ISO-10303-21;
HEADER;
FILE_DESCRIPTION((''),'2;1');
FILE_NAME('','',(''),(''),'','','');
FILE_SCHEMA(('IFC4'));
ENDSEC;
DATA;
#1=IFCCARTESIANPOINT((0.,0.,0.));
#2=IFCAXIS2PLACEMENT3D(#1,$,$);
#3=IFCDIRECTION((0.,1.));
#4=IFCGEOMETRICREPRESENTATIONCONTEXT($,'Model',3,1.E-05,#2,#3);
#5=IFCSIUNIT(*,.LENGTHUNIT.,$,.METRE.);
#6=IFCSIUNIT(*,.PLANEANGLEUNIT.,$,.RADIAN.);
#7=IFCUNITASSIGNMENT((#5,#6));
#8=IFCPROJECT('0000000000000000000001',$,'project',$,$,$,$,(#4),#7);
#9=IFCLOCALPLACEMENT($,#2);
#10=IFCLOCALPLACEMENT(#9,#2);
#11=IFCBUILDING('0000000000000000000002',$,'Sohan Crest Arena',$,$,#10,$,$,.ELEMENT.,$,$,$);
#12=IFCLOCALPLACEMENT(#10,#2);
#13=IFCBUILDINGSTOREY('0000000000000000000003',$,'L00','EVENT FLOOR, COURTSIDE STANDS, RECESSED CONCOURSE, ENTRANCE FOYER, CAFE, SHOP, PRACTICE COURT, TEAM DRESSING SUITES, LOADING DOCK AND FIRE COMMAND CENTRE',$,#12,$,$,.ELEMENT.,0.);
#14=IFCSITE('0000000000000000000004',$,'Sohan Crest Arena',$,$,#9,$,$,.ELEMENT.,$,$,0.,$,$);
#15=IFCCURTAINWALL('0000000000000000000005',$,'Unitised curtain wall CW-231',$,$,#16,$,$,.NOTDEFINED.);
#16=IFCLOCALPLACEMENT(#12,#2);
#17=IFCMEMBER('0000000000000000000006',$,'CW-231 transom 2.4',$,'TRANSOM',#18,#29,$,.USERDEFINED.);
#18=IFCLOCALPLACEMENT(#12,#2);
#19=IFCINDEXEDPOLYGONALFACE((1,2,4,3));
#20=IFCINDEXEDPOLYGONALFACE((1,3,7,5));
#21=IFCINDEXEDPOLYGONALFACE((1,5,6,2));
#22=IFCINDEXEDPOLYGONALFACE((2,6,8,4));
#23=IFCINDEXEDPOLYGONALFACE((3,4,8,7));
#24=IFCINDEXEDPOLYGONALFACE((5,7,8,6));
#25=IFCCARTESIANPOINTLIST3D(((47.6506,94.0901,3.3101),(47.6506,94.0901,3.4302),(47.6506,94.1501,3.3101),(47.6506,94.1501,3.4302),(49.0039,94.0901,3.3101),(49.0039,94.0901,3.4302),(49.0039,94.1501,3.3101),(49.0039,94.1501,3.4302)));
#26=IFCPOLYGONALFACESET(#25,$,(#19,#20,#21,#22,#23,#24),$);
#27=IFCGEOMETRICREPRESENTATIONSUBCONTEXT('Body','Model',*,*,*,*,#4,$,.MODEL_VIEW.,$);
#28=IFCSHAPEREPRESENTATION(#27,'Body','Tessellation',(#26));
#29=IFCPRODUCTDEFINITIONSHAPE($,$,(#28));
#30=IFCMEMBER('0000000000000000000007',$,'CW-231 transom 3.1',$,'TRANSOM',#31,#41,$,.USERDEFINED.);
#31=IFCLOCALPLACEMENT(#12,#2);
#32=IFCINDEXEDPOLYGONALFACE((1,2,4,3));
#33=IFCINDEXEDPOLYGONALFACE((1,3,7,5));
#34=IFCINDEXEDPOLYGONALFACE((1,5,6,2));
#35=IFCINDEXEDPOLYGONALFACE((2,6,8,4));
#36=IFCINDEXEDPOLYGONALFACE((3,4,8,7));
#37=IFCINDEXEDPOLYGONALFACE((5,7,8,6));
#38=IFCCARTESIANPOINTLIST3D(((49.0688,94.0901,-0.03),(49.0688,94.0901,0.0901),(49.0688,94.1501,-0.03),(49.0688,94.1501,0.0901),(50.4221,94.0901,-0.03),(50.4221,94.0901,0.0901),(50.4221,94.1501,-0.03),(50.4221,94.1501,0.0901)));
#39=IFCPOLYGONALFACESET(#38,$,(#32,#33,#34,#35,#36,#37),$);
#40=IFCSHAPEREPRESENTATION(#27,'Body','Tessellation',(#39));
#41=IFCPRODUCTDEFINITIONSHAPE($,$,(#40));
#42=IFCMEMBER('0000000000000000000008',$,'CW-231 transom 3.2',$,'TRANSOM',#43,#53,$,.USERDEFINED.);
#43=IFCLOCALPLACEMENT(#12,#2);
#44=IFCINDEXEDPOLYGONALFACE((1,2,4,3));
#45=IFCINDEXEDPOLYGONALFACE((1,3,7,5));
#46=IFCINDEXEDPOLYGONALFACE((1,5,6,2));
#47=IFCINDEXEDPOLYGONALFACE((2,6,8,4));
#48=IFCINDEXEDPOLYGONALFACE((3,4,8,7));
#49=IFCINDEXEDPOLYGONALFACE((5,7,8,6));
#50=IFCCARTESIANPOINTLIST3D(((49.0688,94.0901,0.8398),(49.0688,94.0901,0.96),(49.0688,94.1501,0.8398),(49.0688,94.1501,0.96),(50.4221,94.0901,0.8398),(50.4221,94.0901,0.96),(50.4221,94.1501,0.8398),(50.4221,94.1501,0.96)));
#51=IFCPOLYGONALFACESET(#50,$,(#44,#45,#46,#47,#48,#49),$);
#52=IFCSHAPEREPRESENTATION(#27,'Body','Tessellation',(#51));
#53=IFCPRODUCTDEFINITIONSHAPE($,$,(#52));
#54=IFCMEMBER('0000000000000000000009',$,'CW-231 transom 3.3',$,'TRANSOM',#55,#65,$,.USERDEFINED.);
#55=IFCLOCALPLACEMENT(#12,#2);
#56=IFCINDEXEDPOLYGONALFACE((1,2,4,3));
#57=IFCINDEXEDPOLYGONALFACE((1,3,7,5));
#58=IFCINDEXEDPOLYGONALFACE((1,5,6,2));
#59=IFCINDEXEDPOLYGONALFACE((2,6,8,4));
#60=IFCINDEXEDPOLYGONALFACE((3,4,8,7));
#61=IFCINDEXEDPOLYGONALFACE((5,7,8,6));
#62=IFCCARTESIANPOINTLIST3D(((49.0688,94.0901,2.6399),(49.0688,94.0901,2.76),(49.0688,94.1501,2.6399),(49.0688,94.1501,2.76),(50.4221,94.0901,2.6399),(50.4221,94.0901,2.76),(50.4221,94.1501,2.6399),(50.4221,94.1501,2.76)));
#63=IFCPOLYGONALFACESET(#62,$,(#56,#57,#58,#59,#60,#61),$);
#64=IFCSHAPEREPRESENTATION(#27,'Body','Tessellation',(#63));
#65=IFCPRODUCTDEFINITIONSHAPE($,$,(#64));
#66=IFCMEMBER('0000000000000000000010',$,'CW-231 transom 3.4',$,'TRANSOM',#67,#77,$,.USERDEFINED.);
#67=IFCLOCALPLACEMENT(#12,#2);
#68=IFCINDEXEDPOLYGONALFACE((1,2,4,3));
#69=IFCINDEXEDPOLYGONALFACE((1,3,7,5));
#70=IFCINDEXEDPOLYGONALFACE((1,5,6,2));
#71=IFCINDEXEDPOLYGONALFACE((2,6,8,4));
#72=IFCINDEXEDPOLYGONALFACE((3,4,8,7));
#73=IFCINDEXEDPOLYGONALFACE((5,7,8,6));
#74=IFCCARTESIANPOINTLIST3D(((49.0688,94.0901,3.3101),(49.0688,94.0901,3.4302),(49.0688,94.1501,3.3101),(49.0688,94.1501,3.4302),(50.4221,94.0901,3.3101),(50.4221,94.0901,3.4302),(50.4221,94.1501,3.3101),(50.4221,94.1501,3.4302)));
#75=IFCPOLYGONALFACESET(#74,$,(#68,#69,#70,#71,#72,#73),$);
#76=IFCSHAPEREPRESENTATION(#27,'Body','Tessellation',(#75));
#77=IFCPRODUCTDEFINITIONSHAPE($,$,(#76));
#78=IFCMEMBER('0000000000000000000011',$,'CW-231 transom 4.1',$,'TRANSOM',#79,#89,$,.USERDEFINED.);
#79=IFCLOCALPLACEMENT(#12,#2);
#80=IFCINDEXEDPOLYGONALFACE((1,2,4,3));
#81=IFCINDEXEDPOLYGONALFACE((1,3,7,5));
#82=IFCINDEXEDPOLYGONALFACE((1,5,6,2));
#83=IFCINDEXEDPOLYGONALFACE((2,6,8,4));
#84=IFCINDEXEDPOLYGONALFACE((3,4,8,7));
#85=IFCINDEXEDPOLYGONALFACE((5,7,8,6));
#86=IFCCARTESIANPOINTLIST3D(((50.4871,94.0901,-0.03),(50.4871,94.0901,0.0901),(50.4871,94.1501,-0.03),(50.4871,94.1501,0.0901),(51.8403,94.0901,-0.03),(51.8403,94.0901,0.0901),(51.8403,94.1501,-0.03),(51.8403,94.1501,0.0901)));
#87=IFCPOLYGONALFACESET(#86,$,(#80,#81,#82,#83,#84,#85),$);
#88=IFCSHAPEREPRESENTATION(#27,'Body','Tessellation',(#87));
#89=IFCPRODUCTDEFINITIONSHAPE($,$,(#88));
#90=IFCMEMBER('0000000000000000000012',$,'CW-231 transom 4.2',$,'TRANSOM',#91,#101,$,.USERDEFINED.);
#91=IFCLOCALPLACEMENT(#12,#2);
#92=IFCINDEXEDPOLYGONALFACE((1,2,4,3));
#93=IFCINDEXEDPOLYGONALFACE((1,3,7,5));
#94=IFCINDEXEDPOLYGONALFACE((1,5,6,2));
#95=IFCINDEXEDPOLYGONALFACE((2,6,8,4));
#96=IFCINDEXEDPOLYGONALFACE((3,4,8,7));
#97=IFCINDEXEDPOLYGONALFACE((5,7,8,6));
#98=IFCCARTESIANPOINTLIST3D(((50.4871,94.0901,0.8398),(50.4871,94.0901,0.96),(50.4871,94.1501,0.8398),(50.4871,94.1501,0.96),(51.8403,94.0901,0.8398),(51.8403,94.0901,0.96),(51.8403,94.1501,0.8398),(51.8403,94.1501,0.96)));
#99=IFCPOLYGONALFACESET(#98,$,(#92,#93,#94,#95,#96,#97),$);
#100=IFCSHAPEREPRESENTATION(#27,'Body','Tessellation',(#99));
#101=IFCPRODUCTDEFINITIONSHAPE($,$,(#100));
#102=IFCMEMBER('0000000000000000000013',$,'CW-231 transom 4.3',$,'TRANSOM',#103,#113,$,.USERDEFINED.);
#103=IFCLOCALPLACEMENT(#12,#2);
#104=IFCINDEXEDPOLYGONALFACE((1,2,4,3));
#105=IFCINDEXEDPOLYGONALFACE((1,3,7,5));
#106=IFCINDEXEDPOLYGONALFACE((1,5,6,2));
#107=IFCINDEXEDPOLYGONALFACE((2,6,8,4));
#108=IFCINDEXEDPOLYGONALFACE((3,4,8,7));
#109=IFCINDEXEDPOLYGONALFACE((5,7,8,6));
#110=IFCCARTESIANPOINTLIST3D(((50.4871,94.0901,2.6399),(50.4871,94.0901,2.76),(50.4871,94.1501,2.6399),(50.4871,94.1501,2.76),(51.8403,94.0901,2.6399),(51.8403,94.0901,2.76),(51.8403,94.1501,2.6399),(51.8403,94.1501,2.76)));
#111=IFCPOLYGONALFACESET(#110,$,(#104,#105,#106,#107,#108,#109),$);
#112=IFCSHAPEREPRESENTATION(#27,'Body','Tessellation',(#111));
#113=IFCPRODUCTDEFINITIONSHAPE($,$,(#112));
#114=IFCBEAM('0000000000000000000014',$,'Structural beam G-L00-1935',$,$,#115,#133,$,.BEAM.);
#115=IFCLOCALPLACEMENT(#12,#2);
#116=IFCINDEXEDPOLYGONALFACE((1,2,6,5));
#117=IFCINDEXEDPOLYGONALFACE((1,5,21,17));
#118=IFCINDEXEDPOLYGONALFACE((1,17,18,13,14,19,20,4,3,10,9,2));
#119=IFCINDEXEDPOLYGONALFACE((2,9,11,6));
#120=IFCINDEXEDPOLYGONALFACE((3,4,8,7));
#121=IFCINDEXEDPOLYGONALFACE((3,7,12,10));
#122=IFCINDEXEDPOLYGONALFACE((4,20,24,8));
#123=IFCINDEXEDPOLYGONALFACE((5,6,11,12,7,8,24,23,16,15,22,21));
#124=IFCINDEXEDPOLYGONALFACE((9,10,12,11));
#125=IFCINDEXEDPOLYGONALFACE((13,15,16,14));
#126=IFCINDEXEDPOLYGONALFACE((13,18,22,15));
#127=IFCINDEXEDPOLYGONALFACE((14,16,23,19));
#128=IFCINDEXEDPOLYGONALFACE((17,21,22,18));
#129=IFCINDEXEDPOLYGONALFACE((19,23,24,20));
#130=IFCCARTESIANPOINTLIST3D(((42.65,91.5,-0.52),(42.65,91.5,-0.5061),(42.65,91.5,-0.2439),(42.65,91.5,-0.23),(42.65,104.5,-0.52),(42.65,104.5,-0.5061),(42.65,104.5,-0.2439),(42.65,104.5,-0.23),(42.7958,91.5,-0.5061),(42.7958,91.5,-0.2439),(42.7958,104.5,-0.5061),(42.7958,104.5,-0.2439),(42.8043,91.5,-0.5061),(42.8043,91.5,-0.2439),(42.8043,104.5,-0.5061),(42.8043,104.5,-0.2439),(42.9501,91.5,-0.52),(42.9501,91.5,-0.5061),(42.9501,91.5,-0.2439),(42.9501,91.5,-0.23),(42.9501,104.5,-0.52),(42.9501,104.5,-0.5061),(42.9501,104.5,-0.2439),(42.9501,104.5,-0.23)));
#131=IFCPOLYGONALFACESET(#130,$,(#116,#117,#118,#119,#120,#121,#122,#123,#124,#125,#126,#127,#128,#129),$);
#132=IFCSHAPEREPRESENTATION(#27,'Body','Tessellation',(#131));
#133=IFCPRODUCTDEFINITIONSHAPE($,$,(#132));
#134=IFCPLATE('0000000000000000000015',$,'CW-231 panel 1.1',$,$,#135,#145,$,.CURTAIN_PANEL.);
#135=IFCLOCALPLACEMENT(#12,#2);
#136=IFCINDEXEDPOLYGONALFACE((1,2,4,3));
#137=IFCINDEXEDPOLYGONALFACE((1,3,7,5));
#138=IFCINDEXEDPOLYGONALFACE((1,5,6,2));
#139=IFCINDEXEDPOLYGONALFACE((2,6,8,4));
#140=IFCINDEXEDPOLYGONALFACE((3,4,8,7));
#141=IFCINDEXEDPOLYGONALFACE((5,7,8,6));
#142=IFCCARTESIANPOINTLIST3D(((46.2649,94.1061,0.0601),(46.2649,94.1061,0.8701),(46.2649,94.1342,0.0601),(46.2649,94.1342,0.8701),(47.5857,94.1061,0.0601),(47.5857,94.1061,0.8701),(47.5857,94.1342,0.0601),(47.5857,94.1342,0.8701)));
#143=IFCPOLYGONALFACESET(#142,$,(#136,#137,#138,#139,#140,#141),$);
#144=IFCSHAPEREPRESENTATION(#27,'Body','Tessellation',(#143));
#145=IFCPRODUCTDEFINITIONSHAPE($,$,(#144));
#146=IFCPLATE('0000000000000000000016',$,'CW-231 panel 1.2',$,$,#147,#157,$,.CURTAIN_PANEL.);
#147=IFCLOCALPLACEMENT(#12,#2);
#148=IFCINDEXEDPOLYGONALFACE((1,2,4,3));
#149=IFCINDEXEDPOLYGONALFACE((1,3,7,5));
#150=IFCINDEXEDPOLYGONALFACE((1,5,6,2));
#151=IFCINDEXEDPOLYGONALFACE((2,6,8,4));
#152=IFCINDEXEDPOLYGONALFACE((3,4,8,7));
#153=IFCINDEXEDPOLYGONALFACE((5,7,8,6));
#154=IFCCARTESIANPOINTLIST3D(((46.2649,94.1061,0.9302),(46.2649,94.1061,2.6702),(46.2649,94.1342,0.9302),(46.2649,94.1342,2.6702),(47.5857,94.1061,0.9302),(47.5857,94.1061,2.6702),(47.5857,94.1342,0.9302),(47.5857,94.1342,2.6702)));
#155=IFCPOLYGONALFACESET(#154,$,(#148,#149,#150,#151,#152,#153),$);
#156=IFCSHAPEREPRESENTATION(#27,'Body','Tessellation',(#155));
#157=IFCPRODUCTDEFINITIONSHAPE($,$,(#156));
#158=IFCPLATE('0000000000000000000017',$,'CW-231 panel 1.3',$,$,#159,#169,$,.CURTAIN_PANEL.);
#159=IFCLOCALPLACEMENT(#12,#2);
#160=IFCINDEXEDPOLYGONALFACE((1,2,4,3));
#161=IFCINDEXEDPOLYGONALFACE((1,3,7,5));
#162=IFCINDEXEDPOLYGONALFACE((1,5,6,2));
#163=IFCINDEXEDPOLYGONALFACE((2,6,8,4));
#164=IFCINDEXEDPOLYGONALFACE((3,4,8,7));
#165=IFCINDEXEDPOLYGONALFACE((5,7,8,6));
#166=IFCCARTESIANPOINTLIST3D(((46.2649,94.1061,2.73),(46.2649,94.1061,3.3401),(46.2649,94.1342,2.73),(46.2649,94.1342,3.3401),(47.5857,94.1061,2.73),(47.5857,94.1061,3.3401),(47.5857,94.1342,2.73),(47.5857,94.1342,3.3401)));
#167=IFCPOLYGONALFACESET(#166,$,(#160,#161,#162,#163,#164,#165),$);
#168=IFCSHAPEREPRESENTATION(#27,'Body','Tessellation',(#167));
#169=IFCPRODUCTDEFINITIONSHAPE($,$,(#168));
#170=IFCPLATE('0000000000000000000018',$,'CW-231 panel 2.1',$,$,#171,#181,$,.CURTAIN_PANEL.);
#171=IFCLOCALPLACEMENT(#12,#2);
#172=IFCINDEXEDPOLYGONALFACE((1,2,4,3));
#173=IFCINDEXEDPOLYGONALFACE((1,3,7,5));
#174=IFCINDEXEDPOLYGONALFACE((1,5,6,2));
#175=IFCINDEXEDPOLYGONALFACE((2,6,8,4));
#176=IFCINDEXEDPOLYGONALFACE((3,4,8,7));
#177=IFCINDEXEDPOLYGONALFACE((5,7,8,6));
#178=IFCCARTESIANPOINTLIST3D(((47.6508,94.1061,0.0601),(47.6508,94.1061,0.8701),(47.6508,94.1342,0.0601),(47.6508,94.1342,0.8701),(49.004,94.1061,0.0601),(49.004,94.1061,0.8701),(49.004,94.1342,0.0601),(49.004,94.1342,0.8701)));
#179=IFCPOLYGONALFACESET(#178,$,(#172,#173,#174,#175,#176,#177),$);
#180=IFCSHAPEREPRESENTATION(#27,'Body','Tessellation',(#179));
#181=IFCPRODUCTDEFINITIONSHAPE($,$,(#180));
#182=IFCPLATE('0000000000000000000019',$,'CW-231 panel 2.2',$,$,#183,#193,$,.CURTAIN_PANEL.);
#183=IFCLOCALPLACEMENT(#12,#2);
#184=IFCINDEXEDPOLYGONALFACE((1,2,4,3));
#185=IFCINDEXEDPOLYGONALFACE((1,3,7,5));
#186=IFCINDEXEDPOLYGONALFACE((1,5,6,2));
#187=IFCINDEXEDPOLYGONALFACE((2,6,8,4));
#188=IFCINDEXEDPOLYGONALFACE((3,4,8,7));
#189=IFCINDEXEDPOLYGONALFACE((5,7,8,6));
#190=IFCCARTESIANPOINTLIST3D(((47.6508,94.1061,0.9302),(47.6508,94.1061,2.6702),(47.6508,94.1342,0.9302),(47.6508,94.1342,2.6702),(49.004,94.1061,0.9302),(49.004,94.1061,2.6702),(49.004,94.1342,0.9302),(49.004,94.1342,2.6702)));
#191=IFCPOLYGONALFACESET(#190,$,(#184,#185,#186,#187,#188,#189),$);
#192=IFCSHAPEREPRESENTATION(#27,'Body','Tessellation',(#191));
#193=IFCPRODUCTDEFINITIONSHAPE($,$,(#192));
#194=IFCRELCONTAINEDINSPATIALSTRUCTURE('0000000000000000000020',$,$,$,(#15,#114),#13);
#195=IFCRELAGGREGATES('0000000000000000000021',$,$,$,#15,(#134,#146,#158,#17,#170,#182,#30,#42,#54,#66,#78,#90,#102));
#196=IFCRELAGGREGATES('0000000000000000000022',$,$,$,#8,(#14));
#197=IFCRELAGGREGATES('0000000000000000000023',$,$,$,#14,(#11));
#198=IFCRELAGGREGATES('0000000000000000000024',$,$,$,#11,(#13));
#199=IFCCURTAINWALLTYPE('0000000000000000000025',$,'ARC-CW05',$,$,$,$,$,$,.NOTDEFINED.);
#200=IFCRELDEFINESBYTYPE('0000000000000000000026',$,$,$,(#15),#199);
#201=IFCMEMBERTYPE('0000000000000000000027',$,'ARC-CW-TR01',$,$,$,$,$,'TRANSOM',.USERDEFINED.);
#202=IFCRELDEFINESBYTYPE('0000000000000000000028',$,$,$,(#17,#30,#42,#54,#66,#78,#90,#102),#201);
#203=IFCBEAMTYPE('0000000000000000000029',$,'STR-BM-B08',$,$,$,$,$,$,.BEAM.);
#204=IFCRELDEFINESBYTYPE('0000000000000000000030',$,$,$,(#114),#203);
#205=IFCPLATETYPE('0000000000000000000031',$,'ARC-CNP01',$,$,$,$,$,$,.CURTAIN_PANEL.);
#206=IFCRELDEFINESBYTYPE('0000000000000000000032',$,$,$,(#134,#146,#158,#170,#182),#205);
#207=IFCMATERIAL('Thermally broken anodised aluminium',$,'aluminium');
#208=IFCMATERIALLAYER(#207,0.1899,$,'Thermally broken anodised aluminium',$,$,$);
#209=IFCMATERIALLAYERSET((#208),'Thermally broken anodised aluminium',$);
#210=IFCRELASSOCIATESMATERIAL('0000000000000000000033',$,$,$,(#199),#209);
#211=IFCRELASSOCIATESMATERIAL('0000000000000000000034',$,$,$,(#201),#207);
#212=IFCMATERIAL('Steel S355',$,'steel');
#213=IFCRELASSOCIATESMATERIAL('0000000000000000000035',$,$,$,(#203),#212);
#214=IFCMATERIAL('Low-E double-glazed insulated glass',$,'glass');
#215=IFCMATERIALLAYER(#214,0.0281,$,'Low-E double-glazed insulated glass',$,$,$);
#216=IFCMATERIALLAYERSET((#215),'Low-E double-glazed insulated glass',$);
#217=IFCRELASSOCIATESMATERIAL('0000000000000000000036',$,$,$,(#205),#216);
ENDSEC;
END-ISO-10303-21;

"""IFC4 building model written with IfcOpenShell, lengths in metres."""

from ifc_helpers import new_model, si_unit, direction, frame, origin, origin_2d, place, context, subcontext, project, spatial, rectangle, i_section, extrude, material, layer, layer_set, material_profile, profile_set, type_object, element, aggregate, save


model = new_model("IFC4")

# Units and contexts
model_context = context("Model", 3, precision=1e-05, world=origin(), true_north=direction((0.0, 1.0)))
body_context = subcontext(model_context, "Body", "Model", "MODEL_VIEW")
ifc_project = project(units=[si_unit("LENGTHUNIT", "METRE"), si_unit("PLANEANGLEUNIT", "RADIAN")], contexts=[model_context])

# Site, building, storey
site_placement = place(None, origin())
site = spatial("IfcSite", under=ifc_project, at=site_placement, Name="Sohan Crest Arena", CompositionType="ELEMENT", RefElevation=0.0)
building_placement = place(site_placement, origin())
building = spatial("IfcBuilding", under=site, at=building_placement, Name="Sohan Crest Arena", CompositionType="ELEMENT")
storey_placement = place(building_placement, origin())
storey = spatial("IfcBuildingStorey", under=building, at=storey_placement, Name="L00", Description="EVENT FLOOR, COURTSIDE STANDS, RECESSED CONCOURSE, ENTRANCE FOYER, CAFE, SHOP, PRACTICE COURT, TEAM DRESSING SUITES, LOADING DOCK AND FIRE COMMAND CENTRE", CompositionType="ELEMENT", Elevation=0.0)

# Curtain wall, members
ifc_material_1 = material(Name="Thermally broken anodised aluminium", Category="aluminium")
ifc_layer_1 = layer(ifc_material_1, 0.1899, Name="Thermally broken anodised aluminium")
ifc_layer_set_1 = layer_set([ifc_layer_1], Name="Thermally broken anodised aluminium")
curtain_wall_type = type_object("IfcCurtainWallType", Name="ARC-CW05", PredefinedType="NOTDEFINED", material=ifc_layer_set_1)
curtain_wall_placement = place(storey_placement, origin())
curtain_wall = element("IfcCurtainWall", 1, at=curtain_wall_placement, inside=storey, type_object=curtain_wall_type, Name="Unitised curtain wall CW-231", PredefinedType="NOTDEFINED")
ifc_material_profile_1 = material_profile(ifc_material_1, rectangle(XDim=0.0601, YDim=0.1201, at=origin_2d()), Name="ALU-TRAN 60x120")
ifc_profile_set_1 = profile_set([ifc_material_profile_1], Name="Thermally broken anodised aluminium")
member_type_1 = type_object("IfcMemberType", Name="ARC-CW-TR01", ElementType="TRANSOM", PredefinedType="USERDEFINED", material=ifc_profile_set_1)
member_1_placement = place(storey_placement, frame((47.6506, 94.1201, 3.3701), z_axis=(1.0, 0.0, 0.0), x_axis=(0.0, 1.0, 0.0)))
member_1 = element("IfcMember", 2, at=member_1_placement, type_object=member_type_1, Name="CW-231 transom 2.4", ObjectType="TRANSOM", PredefinedType="USERDEFINED", context=body_context, shape_type="SweptSolid", body=[
    extrude(rectangle(XDim=0.0601, YDim=0.1201, at=origin_2d()), origin(), (0.0, 0.0, 1.0), 1.3533),
])
member_2_placement = place(storey_placement, frame((49.0688, 94.1201, 0.03), z_axis=(1.0, 0.0, 0.0), x_axis=(0.0, 1.0, 0.0)))
member_2 = element("IfcMember", 3, at=member_2_placement, type_object=member_type_1, Name="CW-231 transom 3.1", ObjectType="TRANSOM", PredefinedType="USERDEFINED", context=body_context, shape_type="SweptSolid", body=[
    extrude(rectangle(XDim=0.0601, YDim=0.1201, at=origin_2d()), origin(), (0.0, 0.0, 1.0), 1.3533),
])
member_3_placement = place(storey_placement, frame((49.0688, 94.1201, 0.8999), z_axis=(1.0, 0.0, 0.0), x_axis=(0.0, 1.0, 0.0)))
member_3 = element("IfcMember", 4, at=member_3_placement, type_object=member_type_1, Name="CW-231 transom 3.2", ObjectType="TRANSOM", PredefinedType="USERDEFINED", context=body_context, shape_type="SweptSolid", body=[
    extrude(rectangle(XDim=0.0601, YDim=0.1201, at=origin_2d()), origin(), (0.0, 0.0, 1.0), 1.3533),
])
member_4_placement = place(storey_placement, frame((49.0688, 94.1201, 2.7), z_axis=(1.0, 0.0, 0.0), x_axis=(0.0, 1.0, 0.0)))
member_4 = element("IfcMember", 5, at=member_4_placement, type_object=member_type_1, Name="CW-231 transom 3.3", ObjectType="TRANSOM", PredefinedType="USERDEFINED", context=body_context, shape_type="SweptSolid", body=[
    extrude(rectangle(XDim=0.0601, YDim=0.1201, at=origin_2d()), origin(), (0.0, 0.0, 1.0), 1.3533),
])
member_5_placement = place(storey_placement, frame((49.0688, 94.1201, 3.3701), z_axis=(1.0, 0.0, 0.0), x_axis=(0.0, 1.0, 0.0)))
member_5 = element("IfcMember", 6, at=member_5_placement, type_object=member_type_1, Name="CW-231 transom 3.4", ObjectType="TRANSOM", PredefinedType="USERDEFINED", context=body_context, shape_type="SweptSolid", body=[
    extrude(rectangle(XDim=0.0601, YDim=0.1201, at=origin_2d()), origin(), (0.0, 0.0, 1.0), 1.3533),
])
member_6_placement = place(storey_placement, frame((50.4871, 94.1201, 0.03), z_axis=(1.0, 0.0, 0.0), x_axis=(0.0, 1.0, 0.0)))
member_6 = element("IfcMember", 7, at=member_6_placement, type_object=member_type_1, Name="CW-231 transom 4.1", ObjectType="TRANSOM", PredefinedType="USERDEFINED", context=body_context, shape_type="SweptSolid", body=[
    extrude(rectangle(XDim=0.0601, YDim=0.1201, at=origin_2d()), origin(), (0.0, 0.0, 1.0), 1.3533),
])
member_7_placement = place(storey_placement, frame((50.4871, 94.1201, 0.8999), z_axis=(1.0, 0.0, 0.0), x_axis=(0.0, 1.0, 0.0)))
member_7 = element("IfcMember", 8, at=member_7_placement, type_object=member_type_1, Name="CW-231 transom 4.2", ObjectType="TRANSOM", PredefinedType="USERDEFINED", context=body_context, shape_type="SweptSolid", body=[
    extrude(rectangle(XDim=0.0601, YDim=0.1201, at=origin_2d()), origin(), (0.0, 0.0, 1.0), 1.3533),
])
member_8_placement = place(storey_placement, frame((50.4871, 94.1201, 2.7), z_axis=(1.0, 0.0, 0.0), x_axis=(0.0, 1.0, 0.0)))
member_8 = element("IfcMember", 9, at=member_8_placement, type_object=member_type_1, Name="CW-231 transom 4.3", ObjectType="TRANSOM", PredefinedType="USERDEFINED", context=body_context, shape_type="SweptSolid", body=[
    extrude(rectangle(XDim=0.0601, YDim=0.1201, at=origin_2d()), origin(), (0.0, 0.0, 1.0), 1.3533),
])

# Beam
ifc_material_2 = material(Name="Steel S355", Category="steel")
ifc_material_profile_2 = material_profile(ifc_material_2, i_section(OverallWidth=0.3, OverallDepth=0.29, WebThickness=0.0085, FlangeThickness=0.0139, at=origin_2d()), Name="HEA 300")
ifc_profile_set_2 = profile_set([ifc_material_profile_2], Name="Steel S355")
beam_type = type_object("IfcBeamType", Name="STR-BM-B08", PredefinedType="BEAM", material=ifc_profile_set_2)
beam_placement = place(storey_placement, frame((42.8, 91.5, -0.375), z_axis=(0.0, 1.0, 0.0), x_axis=(-1.0, 0.0, 0.0)))
element("IfcBeam", 10, at=beam_placement, inside=storey, type_object=beam_type, Name="Structural beam G-L00-1935", PredefinedType="BEAM", context=body_context, shape_type="SweptSolid", body=[
    extrude(i_section(OverallWidth=0.3, OverallDepth=0.29, WebThickness=0.0085, FlangeThickness=0.0139, at=origin_2d()), origin(), (0.0, 0.0, 1.0), 13.0),
])

# Plates
ifc_material_3 = material(Name="Low-E double-glazed insulated glass", Category="glass")
ifc_layer_2 = layer(ifc_material_3, 0.0281, Name="Low-E double-glazed insulated glass")
ifc_layer_set_2 = layer_set([ifc_layer_2], Name="Low-E double-glazed insulated glass")
plate_type = type_object("IfcPlateType", Name="ARC-CNP01", PredefinedType="CURTAIN_PANEL", material=ifc_layer_set_2)
plate_1_placement = place(storey_placement, frame((46.9253, 94.1201, 0.0601), z_axis=(0.0, 0.0, 1.0), x_axis=(1.0, 0.0, 0.0)))
plate_1 = element("IfcPlate", 11, at=plate_1_placement, type_object=plate_type, Name="CW-231 panel 1.1", PredefinedType="CURTAIN_PANEL", context=body_context, shape_type="SweptSolid", body=[
    extrude(rectangle(XDim=1.3208, YDim=0.0281, at=origin_2d()), origin(), (0.0, 0.0, 1.0), 0.8101),
])
plate_2_placement = place(storey_placement, frame((46.9253, 94.1201, 0.9302), z_axis=(0.0, 0.0, 1.0), x_axis=(1.0, 0.0, 0.0)))
plate_2 = element("IfcPlate", 12, at=plate_2_placement, type_object=plate_type, Name="CW-231 panel 1.2", PredefinedType="CURTAIN_PANEL", context=body_context, shape_type="SweptSolid", body=[
    extrude(rectangle(XDim=1.3208, YDim=0.0281, at=origin_2d()), origin(), (0.0, 0.0, 1.0), 1.74),
])
plate_3_placement = place(storey_placement, frame((46.9253, 94.1201, 2.73), z_axis=(0.0, 0.0, 1.0), x_axis=(1.0, 0.0, 0.0)))
plate_3 = element("IfcPlate", 13, at=plate_3_placement, type_object=plate_type, Name="CW-231 panel 1.3", PredefinedType="CURTAIN_PANEL", context=body_context, shape_type="SweptSolid", body=[
    extrude(rectangle(XDim=1.3208, YDim=0.0281, at=origin_2d()), origin(), (0.0, 0.0, 1.0), 0.6101),
])
plate_4_placement = place(storey_placement, frame((48.3274, 94.1201, 0.0601), z_axis=(0.0, 0.0, 1.0), x_axis=(1.0, 0.0, 0.0)))
plate_4 = element("IfcPlate", 14, at=plate_4_placement, type_object=plate_type, Name="CW-231 panel 2.1", PredefinedType="CURTAIN_PANEL", context=body_context, shape_type="SweptSolid", body=[
    extrude(rectangle(XDim=1.3533, YDim=0.0281, at=origin_2d()), origin(), (0.0, 0.0, 1.0), 0.8101),
])
plate_5_placement = place(storey_placement, frame((48.3274, 94.1201, 0.9302), z_axis=(0.0, 0.0, 1.0), x_axis=(1.0, 0.0, 0.0)))
plate_5 = element("IfcPlate", 15, at=plate_5_placement, type_object=plate_type, Name="CW-231 panel 2.2", PredefinedType="CURTAIN_PANEL", context=body_context, shape_type="SweptSolid", body=[
    extrude(rectangle(XDim=1.3533, YDim=0.0281, at=origin_2d()), origin(), (0.0, 0.0, 1.0), 1.74),
])
aggregate(curtain_wall, [plate_1, plate_2, plate_3, member_1, plate_4, plate_5, member_2, member_3, member_4, member_5, member_6, member_7, member_8])

save(model, "model.ifc")
